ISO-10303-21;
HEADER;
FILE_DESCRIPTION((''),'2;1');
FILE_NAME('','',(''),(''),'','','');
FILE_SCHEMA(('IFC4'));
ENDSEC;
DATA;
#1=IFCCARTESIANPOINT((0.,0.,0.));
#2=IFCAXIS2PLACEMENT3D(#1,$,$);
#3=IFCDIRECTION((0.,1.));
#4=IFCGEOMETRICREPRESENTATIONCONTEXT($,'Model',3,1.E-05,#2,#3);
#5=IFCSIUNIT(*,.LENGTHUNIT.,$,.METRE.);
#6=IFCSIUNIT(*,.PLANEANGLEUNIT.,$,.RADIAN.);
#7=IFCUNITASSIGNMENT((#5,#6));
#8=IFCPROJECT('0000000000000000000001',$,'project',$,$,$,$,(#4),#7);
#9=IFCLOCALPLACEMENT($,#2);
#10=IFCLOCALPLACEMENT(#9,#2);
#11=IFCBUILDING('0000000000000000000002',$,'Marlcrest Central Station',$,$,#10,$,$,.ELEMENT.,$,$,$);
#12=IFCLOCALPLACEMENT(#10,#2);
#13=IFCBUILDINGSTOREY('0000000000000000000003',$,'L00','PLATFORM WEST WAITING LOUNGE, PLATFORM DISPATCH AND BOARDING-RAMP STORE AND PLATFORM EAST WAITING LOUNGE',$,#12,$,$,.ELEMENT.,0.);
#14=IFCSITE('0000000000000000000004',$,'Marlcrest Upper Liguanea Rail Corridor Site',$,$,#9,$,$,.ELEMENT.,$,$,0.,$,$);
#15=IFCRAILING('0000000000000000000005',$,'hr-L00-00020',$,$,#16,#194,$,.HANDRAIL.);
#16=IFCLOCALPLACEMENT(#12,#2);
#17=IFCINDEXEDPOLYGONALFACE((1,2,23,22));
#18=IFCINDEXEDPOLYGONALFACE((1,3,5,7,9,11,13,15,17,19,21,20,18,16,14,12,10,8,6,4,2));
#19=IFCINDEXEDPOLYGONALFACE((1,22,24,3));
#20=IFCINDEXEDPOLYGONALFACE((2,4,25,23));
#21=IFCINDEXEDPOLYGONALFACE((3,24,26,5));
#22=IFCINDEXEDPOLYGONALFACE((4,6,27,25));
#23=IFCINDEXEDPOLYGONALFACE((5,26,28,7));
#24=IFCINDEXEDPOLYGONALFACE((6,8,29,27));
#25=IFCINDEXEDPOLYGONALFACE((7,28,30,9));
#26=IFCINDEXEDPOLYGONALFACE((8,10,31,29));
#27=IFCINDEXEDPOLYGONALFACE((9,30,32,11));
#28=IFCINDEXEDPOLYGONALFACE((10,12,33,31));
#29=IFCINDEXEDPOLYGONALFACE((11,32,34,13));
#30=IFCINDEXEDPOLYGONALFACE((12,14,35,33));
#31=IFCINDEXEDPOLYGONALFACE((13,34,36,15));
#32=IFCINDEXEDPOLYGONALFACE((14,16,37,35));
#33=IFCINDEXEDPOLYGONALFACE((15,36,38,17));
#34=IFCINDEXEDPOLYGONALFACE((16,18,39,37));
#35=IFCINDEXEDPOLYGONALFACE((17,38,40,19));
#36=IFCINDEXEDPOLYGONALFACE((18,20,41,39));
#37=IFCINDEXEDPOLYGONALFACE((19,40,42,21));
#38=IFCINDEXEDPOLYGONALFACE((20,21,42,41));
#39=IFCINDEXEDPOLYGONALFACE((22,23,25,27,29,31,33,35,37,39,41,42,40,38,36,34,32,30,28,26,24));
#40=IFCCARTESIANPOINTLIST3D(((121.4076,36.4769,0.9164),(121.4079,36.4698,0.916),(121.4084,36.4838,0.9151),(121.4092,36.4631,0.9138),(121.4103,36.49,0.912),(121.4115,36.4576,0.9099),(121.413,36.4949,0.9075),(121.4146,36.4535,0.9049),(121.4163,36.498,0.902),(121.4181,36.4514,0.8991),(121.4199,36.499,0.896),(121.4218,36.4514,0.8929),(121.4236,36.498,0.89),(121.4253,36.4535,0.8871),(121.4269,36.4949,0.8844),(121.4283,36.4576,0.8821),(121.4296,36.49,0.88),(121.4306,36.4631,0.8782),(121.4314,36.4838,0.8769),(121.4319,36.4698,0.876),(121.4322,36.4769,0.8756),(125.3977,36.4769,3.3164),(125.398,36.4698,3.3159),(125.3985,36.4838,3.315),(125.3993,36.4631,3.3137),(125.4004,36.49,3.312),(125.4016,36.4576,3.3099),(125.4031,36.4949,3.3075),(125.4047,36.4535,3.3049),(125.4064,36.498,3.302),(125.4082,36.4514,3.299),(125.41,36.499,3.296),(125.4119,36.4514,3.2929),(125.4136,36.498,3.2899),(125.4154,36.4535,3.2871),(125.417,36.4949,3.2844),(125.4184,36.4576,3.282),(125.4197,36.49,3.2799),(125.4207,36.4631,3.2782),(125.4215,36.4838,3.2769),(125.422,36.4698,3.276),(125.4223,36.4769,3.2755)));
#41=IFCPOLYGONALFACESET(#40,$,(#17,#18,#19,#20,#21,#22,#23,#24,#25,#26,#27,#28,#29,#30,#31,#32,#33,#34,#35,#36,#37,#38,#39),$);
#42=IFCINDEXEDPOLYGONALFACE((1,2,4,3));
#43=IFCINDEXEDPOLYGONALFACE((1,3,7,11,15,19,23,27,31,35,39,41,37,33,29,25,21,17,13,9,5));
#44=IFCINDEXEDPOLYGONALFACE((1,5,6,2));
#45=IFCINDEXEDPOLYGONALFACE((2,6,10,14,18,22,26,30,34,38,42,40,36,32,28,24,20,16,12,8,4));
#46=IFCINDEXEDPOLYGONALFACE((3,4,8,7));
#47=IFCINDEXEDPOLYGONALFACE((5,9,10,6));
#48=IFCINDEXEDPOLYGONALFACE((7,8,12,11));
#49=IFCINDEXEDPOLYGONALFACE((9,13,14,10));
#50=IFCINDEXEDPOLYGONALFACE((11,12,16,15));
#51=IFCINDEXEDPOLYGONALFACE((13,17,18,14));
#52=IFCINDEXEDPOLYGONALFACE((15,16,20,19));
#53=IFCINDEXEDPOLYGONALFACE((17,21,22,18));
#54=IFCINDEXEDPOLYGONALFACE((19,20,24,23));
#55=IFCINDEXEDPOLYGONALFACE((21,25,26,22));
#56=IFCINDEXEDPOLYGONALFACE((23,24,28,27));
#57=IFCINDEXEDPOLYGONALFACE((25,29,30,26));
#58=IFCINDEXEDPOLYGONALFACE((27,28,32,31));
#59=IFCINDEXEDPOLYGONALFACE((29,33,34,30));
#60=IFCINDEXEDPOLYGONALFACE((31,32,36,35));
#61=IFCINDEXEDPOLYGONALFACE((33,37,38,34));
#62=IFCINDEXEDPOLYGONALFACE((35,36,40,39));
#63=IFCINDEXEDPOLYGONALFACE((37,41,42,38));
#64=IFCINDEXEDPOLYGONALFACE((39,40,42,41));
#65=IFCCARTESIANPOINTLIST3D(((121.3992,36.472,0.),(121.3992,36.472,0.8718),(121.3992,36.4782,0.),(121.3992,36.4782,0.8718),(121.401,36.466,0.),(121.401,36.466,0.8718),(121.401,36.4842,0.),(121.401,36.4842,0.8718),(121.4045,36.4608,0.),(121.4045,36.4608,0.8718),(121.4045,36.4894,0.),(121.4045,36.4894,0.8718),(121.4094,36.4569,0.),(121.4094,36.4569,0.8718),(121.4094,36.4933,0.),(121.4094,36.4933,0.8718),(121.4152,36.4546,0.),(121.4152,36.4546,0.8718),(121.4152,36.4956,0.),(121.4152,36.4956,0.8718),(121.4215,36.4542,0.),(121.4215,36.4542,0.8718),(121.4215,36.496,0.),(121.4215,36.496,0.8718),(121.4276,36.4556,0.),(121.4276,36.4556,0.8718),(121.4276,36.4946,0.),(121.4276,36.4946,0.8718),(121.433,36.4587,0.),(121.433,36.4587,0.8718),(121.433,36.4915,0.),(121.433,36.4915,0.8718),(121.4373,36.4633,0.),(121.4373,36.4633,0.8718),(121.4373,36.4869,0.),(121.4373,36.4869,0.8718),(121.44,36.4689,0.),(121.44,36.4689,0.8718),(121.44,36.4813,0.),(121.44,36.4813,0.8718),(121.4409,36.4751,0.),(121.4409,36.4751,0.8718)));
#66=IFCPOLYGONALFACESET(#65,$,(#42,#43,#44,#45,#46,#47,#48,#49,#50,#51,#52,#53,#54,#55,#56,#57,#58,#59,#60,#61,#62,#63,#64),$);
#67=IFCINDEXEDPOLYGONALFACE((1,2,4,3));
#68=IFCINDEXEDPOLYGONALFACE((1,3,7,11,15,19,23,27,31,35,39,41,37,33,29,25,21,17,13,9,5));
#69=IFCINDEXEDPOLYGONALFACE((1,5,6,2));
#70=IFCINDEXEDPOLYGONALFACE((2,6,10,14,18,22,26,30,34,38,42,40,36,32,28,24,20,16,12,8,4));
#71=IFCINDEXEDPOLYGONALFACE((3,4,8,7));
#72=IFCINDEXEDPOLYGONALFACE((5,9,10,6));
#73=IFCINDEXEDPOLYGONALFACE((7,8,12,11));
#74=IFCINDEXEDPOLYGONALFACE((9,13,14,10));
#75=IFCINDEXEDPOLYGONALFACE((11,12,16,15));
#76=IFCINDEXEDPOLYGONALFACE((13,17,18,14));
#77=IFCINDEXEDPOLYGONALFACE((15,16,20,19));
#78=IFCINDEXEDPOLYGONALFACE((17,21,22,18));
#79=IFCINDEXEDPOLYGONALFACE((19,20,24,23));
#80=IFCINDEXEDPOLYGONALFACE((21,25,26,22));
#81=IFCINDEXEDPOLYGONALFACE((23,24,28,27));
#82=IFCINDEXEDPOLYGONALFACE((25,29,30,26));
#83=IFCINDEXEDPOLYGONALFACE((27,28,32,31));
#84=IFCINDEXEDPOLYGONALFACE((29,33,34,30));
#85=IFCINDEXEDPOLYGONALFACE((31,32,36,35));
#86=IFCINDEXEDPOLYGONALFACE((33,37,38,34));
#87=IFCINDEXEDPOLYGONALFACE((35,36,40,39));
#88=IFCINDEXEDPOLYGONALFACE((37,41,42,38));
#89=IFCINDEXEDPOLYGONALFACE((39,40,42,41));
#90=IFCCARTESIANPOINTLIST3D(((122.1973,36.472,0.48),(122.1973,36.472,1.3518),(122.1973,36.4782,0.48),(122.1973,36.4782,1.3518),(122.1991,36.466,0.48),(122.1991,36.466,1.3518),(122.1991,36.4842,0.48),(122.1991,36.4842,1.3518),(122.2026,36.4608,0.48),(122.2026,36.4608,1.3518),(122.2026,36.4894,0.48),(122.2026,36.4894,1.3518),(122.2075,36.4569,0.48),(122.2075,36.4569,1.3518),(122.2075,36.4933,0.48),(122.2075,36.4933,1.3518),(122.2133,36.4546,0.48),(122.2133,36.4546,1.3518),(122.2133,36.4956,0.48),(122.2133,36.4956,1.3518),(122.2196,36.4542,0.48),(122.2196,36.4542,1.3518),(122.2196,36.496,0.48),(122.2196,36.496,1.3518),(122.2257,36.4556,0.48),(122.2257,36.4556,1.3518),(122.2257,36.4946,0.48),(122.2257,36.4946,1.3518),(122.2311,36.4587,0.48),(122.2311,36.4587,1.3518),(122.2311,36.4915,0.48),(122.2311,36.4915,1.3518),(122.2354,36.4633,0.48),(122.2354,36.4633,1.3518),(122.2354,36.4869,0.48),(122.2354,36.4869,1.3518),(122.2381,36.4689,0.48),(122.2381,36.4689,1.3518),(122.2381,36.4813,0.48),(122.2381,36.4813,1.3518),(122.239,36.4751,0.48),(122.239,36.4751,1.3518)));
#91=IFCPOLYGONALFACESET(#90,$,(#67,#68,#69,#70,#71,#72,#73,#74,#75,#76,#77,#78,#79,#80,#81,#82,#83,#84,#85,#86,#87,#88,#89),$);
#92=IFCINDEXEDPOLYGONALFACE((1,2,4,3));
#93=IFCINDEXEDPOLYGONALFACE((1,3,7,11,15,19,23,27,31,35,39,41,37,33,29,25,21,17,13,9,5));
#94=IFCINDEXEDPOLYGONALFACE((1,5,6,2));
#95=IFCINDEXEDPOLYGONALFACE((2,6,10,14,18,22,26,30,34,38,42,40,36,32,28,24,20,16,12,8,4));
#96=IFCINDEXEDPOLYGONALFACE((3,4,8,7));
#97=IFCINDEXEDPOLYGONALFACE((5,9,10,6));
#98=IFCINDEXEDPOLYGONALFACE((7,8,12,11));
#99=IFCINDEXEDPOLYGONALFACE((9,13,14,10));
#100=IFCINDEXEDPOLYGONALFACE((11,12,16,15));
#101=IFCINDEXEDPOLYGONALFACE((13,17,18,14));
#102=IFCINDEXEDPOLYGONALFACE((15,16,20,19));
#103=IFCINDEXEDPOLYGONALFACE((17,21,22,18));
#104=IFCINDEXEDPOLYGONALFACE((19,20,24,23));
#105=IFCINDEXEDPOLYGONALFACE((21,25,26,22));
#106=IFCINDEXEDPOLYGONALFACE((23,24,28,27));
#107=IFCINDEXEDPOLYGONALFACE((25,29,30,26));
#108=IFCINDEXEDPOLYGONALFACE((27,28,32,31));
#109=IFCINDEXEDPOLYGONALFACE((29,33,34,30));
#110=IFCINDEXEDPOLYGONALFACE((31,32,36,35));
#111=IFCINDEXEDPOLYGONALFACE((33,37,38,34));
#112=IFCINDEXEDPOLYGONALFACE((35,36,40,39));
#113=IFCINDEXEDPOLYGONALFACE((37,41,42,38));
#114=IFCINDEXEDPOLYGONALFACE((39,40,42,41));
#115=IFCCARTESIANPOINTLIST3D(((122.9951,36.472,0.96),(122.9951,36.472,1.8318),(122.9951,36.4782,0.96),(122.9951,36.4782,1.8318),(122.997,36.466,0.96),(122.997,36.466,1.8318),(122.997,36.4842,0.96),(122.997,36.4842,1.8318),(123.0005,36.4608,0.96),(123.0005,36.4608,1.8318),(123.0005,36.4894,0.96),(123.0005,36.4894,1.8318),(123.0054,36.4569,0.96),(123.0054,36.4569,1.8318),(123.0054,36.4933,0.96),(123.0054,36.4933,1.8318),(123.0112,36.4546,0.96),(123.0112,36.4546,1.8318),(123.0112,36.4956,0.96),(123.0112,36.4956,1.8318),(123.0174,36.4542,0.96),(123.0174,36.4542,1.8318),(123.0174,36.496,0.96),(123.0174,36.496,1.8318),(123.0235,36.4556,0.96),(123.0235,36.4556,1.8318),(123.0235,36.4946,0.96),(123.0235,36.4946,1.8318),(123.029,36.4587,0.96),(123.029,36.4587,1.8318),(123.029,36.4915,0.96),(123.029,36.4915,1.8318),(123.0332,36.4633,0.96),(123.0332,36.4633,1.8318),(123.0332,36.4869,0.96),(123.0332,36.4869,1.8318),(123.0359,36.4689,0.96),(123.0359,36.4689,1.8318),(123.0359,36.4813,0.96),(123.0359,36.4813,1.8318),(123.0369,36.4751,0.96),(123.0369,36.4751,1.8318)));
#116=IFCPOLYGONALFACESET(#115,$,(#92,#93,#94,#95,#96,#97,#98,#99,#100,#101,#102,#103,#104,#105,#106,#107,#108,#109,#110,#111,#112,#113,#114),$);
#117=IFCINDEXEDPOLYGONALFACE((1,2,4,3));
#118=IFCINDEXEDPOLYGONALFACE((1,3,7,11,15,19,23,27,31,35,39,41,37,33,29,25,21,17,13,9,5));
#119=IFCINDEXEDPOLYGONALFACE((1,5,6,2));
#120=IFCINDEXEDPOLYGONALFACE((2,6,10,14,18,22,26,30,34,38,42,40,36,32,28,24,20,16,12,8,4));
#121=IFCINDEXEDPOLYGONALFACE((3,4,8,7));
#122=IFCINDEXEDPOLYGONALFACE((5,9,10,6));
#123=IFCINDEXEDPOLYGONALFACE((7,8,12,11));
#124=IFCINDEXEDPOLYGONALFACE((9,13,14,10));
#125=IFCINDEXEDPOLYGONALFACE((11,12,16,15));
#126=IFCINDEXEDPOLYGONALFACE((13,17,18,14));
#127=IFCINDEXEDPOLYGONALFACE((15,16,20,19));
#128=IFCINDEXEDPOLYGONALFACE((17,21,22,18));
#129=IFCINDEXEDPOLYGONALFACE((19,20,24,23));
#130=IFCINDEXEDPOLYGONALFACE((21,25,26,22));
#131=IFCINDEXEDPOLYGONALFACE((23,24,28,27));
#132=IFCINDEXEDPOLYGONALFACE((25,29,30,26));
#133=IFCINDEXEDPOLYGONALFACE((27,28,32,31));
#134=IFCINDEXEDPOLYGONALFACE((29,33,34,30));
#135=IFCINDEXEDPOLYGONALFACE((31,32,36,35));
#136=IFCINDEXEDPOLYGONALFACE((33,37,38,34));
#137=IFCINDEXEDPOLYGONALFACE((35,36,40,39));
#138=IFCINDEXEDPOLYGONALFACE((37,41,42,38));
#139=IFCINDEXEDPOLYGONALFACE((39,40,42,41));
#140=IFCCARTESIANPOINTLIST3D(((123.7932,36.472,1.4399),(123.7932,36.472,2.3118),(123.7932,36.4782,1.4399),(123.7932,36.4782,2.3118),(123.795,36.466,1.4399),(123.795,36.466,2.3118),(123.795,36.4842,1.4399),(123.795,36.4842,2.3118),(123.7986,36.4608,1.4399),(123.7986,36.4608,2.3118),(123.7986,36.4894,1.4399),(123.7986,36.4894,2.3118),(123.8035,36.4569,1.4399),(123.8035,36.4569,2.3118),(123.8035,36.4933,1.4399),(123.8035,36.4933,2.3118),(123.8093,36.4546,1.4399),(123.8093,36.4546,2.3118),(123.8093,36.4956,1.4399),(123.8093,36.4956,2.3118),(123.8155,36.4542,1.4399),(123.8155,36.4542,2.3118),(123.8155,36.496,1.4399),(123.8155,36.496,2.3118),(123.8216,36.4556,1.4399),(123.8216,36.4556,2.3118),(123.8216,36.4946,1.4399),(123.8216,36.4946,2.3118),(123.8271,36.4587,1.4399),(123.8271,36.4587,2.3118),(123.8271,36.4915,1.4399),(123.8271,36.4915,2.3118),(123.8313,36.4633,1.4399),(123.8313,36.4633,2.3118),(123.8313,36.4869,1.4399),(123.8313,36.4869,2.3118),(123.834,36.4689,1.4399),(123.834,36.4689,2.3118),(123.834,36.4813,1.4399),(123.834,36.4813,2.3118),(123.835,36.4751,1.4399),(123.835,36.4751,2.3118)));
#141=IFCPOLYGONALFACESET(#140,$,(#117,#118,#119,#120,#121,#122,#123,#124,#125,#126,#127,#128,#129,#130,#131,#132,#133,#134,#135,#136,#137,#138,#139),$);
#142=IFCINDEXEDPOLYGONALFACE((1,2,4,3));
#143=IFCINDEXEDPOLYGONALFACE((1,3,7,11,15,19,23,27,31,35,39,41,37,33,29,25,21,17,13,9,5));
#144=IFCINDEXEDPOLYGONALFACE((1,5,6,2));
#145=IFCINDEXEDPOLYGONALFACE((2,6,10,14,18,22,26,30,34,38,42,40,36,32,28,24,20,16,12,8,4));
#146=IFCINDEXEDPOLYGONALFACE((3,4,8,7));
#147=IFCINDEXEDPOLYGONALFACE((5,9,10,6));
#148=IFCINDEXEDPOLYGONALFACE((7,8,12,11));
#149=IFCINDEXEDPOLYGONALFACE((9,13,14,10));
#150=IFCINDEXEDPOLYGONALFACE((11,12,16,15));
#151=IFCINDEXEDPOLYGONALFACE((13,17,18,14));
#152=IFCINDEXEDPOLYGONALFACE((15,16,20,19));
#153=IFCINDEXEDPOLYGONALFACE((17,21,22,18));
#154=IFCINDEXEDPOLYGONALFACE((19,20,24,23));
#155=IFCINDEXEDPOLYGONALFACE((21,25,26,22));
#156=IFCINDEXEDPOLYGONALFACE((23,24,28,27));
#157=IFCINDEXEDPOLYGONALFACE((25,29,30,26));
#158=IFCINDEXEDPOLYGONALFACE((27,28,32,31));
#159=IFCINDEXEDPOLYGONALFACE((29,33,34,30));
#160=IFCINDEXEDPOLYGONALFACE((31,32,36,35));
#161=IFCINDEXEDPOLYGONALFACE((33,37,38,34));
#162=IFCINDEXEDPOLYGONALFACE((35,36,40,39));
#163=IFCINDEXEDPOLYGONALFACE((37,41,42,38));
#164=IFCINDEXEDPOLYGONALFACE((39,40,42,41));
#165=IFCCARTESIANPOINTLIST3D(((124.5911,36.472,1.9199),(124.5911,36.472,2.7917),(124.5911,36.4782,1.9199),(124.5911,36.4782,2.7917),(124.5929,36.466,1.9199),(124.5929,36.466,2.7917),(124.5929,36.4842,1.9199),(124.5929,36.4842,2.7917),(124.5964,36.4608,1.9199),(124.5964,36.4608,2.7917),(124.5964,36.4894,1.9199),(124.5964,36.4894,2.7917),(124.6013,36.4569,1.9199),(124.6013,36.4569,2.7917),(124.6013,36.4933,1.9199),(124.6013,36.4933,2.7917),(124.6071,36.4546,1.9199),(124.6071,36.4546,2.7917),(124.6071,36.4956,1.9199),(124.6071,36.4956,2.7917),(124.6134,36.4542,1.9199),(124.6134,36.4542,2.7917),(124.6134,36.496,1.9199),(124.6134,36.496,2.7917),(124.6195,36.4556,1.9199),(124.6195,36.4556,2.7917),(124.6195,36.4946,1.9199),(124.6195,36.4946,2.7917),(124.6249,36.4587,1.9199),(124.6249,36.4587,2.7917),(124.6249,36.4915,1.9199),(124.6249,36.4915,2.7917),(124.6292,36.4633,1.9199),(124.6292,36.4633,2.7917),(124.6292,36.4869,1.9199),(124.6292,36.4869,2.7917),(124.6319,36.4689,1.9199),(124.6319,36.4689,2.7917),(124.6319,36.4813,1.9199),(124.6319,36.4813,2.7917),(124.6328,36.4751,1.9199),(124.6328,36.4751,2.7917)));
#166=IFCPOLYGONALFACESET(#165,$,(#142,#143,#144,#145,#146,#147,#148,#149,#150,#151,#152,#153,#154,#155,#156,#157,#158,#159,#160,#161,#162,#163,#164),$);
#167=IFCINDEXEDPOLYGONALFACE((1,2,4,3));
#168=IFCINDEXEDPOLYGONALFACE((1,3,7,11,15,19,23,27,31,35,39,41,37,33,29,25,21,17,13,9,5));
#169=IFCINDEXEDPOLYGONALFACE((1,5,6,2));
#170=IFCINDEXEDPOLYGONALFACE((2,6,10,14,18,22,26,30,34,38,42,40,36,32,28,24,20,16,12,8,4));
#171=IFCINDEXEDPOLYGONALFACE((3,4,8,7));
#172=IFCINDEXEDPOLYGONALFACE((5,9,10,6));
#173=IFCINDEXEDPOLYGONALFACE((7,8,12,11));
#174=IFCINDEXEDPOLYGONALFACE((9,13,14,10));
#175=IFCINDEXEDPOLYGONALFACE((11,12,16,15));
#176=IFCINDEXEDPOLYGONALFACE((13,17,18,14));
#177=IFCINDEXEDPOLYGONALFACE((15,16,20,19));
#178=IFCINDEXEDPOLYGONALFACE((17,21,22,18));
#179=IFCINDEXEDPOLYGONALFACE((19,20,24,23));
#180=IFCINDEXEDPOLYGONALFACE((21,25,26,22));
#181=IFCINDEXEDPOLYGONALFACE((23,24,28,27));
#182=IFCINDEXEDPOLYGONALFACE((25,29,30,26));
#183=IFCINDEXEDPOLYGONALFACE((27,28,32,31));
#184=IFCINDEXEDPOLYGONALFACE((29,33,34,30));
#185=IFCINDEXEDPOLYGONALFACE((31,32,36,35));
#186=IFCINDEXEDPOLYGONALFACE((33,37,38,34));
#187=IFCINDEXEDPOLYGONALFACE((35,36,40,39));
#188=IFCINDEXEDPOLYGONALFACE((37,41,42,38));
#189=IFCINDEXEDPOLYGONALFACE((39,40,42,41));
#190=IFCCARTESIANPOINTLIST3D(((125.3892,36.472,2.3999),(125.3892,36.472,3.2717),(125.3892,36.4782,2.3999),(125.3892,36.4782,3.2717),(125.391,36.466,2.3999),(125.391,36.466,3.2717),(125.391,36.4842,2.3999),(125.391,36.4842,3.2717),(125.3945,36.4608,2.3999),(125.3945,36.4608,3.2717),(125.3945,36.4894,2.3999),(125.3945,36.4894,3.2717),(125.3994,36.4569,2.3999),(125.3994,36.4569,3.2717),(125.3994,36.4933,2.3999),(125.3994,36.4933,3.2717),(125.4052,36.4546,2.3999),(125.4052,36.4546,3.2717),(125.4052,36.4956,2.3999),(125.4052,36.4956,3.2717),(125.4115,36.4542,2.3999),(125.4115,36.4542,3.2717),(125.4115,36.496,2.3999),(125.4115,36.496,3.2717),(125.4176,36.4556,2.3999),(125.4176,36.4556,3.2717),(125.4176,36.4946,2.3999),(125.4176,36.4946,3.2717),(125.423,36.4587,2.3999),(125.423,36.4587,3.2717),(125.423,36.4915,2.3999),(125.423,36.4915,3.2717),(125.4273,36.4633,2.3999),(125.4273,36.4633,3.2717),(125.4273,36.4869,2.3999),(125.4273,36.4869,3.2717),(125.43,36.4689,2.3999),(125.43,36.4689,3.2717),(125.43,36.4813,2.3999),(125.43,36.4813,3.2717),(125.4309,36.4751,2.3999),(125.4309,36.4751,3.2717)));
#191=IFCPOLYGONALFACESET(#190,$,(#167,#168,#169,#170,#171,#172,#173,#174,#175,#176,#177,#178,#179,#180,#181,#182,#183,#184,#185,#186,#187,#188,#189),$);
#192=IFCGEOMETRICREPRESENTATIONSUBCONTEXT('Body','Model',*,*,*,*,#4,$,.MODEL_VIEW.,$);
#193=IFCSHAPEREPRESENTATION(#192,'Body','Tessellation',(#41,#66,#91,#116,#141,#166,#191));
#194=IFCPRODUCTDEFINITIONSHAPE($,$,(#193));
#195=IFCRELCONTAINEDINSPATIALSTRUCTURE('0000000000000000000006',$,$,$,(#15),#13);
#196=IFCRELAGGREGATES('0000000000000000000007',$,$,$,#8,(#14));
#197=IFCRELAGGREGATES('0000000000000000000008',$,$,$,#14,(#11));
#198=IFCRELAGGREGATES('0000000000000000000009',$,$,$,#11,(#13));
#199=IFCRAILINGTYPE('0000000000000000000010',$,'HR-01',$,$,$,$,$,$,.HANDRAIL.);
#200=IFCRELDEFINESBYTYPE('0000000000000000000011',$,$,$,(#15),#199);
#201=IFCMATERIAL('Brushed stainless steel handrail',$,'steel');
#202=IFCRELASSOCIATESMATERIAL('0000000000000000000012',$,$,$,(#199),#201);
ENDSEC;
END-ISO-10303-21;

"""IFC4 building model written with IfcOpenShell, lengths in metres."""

from ifc_helpers import new_model, si_unit, direction, frame, origin, origin_2d, place, context, subcontext, project, spatial, circle, extrude, material, type_object, element, save


model = new_model("IFC4")

# Units and contexts
model_context = context("Model", 3, precision=1e-05, world=origin(), true_north=direction((0.0, 1.0)))
body_context = subcontext(model_context, "Body", "Model", "MODEL_VIEW")
ifc_project = project(units=[si_unit("LENGTHUNIT", "METRE"), si_unit("PLANEANGLEUNIT", "RADIAN")], contexts=[model_context])

# Site, building, storey
site_placement = place(None, origin())
site = spatial("IfcSite", under=ifc_project, at=site_placement, Name="Marlcrest Upper Liguanea Rail Corridor Site", CompositionType="ELEMENT", RefElevation=0.0)
building_placement = place(site_placement, origin())
building = spatial("IfcBuilding", under=site, at=building_placement, Name="Marlcrest Central Station", CompositionType="ELEMENT")
storey_placement = place(building_placement, origin())
storey = spatial("IfcBuildingStorey", under=building, at=storey_placement, Name="L00", Description="PLATFORM WEST WAITING LOUNGE, PLATFORM DISPATCH AND BOARDING-RAMP STORE AND PLATFORM EAST WAITING LOUNGE", CompositionType="ELEMENT", Elevation=0.0)

# Railing
ifc_material_1 = material(Name="Brushed stainless steel handrail", Category="steel")
railing_type_1 = type_object("IfcRailingType", Name="HR-01", PredefinedType="HANDRAIL", material=ifc_material_1)
railing_1_placement = place(storey_placement, frame((121.4199, 36.4751, 0.0)))
element("IfcRailing", 1, at=railing_1_placement, inside=storey, type_object=railing_type_1, Name="hr-L00-00020", PredefinedType="HANDRAIL", context=body_context, shape_type="SweptSolid", body=[
    extrude(circle(Radius=0.0239, at=origin_2d()), frame((0.0, 0.0, 0.896), z_axis=(0.856933, 0.0, 0.515428), x_axis=(0.0, 1.0, 0.0)), (0.0, 0.0, 1.0), 4.6562),
    extrude(circle(Radius=0.021, at=origin_2d()), origin(), (0.0, 0.0, 1.0), 0.8718),
    extrude(circle(Radius=0.021, at=origin_2d()), frame((0.7981, 0.0, 0.48)), (0.0, 0.0, 1.0), 0.8718),
    extrude(circle(Radius=0.021, at=origin_2d()), frame((1.5959, 0.0, 0.96)), (0.0, 0.0, 1.0), 0.8718),
    extrude(circle(Radius=0.021, at=origin_2d()), frame((2.394, 0.0, 1.4399)), (0.0, 0.0, 1.0), 0.8718),
    extrude(circle(Radius=0.021, at=origin_2d()), frame((3.1919, 0.0, 1.9199)), (0.0, 0.0, 1.0), 0.8718),
    extrude(circle(Radius=0.021, at=origin_2d()), frame((3.99, 0.0, 2.3999)), (0.0, 0.0, 1.0), 0.8718),
])

save(model, "model.ifc")
